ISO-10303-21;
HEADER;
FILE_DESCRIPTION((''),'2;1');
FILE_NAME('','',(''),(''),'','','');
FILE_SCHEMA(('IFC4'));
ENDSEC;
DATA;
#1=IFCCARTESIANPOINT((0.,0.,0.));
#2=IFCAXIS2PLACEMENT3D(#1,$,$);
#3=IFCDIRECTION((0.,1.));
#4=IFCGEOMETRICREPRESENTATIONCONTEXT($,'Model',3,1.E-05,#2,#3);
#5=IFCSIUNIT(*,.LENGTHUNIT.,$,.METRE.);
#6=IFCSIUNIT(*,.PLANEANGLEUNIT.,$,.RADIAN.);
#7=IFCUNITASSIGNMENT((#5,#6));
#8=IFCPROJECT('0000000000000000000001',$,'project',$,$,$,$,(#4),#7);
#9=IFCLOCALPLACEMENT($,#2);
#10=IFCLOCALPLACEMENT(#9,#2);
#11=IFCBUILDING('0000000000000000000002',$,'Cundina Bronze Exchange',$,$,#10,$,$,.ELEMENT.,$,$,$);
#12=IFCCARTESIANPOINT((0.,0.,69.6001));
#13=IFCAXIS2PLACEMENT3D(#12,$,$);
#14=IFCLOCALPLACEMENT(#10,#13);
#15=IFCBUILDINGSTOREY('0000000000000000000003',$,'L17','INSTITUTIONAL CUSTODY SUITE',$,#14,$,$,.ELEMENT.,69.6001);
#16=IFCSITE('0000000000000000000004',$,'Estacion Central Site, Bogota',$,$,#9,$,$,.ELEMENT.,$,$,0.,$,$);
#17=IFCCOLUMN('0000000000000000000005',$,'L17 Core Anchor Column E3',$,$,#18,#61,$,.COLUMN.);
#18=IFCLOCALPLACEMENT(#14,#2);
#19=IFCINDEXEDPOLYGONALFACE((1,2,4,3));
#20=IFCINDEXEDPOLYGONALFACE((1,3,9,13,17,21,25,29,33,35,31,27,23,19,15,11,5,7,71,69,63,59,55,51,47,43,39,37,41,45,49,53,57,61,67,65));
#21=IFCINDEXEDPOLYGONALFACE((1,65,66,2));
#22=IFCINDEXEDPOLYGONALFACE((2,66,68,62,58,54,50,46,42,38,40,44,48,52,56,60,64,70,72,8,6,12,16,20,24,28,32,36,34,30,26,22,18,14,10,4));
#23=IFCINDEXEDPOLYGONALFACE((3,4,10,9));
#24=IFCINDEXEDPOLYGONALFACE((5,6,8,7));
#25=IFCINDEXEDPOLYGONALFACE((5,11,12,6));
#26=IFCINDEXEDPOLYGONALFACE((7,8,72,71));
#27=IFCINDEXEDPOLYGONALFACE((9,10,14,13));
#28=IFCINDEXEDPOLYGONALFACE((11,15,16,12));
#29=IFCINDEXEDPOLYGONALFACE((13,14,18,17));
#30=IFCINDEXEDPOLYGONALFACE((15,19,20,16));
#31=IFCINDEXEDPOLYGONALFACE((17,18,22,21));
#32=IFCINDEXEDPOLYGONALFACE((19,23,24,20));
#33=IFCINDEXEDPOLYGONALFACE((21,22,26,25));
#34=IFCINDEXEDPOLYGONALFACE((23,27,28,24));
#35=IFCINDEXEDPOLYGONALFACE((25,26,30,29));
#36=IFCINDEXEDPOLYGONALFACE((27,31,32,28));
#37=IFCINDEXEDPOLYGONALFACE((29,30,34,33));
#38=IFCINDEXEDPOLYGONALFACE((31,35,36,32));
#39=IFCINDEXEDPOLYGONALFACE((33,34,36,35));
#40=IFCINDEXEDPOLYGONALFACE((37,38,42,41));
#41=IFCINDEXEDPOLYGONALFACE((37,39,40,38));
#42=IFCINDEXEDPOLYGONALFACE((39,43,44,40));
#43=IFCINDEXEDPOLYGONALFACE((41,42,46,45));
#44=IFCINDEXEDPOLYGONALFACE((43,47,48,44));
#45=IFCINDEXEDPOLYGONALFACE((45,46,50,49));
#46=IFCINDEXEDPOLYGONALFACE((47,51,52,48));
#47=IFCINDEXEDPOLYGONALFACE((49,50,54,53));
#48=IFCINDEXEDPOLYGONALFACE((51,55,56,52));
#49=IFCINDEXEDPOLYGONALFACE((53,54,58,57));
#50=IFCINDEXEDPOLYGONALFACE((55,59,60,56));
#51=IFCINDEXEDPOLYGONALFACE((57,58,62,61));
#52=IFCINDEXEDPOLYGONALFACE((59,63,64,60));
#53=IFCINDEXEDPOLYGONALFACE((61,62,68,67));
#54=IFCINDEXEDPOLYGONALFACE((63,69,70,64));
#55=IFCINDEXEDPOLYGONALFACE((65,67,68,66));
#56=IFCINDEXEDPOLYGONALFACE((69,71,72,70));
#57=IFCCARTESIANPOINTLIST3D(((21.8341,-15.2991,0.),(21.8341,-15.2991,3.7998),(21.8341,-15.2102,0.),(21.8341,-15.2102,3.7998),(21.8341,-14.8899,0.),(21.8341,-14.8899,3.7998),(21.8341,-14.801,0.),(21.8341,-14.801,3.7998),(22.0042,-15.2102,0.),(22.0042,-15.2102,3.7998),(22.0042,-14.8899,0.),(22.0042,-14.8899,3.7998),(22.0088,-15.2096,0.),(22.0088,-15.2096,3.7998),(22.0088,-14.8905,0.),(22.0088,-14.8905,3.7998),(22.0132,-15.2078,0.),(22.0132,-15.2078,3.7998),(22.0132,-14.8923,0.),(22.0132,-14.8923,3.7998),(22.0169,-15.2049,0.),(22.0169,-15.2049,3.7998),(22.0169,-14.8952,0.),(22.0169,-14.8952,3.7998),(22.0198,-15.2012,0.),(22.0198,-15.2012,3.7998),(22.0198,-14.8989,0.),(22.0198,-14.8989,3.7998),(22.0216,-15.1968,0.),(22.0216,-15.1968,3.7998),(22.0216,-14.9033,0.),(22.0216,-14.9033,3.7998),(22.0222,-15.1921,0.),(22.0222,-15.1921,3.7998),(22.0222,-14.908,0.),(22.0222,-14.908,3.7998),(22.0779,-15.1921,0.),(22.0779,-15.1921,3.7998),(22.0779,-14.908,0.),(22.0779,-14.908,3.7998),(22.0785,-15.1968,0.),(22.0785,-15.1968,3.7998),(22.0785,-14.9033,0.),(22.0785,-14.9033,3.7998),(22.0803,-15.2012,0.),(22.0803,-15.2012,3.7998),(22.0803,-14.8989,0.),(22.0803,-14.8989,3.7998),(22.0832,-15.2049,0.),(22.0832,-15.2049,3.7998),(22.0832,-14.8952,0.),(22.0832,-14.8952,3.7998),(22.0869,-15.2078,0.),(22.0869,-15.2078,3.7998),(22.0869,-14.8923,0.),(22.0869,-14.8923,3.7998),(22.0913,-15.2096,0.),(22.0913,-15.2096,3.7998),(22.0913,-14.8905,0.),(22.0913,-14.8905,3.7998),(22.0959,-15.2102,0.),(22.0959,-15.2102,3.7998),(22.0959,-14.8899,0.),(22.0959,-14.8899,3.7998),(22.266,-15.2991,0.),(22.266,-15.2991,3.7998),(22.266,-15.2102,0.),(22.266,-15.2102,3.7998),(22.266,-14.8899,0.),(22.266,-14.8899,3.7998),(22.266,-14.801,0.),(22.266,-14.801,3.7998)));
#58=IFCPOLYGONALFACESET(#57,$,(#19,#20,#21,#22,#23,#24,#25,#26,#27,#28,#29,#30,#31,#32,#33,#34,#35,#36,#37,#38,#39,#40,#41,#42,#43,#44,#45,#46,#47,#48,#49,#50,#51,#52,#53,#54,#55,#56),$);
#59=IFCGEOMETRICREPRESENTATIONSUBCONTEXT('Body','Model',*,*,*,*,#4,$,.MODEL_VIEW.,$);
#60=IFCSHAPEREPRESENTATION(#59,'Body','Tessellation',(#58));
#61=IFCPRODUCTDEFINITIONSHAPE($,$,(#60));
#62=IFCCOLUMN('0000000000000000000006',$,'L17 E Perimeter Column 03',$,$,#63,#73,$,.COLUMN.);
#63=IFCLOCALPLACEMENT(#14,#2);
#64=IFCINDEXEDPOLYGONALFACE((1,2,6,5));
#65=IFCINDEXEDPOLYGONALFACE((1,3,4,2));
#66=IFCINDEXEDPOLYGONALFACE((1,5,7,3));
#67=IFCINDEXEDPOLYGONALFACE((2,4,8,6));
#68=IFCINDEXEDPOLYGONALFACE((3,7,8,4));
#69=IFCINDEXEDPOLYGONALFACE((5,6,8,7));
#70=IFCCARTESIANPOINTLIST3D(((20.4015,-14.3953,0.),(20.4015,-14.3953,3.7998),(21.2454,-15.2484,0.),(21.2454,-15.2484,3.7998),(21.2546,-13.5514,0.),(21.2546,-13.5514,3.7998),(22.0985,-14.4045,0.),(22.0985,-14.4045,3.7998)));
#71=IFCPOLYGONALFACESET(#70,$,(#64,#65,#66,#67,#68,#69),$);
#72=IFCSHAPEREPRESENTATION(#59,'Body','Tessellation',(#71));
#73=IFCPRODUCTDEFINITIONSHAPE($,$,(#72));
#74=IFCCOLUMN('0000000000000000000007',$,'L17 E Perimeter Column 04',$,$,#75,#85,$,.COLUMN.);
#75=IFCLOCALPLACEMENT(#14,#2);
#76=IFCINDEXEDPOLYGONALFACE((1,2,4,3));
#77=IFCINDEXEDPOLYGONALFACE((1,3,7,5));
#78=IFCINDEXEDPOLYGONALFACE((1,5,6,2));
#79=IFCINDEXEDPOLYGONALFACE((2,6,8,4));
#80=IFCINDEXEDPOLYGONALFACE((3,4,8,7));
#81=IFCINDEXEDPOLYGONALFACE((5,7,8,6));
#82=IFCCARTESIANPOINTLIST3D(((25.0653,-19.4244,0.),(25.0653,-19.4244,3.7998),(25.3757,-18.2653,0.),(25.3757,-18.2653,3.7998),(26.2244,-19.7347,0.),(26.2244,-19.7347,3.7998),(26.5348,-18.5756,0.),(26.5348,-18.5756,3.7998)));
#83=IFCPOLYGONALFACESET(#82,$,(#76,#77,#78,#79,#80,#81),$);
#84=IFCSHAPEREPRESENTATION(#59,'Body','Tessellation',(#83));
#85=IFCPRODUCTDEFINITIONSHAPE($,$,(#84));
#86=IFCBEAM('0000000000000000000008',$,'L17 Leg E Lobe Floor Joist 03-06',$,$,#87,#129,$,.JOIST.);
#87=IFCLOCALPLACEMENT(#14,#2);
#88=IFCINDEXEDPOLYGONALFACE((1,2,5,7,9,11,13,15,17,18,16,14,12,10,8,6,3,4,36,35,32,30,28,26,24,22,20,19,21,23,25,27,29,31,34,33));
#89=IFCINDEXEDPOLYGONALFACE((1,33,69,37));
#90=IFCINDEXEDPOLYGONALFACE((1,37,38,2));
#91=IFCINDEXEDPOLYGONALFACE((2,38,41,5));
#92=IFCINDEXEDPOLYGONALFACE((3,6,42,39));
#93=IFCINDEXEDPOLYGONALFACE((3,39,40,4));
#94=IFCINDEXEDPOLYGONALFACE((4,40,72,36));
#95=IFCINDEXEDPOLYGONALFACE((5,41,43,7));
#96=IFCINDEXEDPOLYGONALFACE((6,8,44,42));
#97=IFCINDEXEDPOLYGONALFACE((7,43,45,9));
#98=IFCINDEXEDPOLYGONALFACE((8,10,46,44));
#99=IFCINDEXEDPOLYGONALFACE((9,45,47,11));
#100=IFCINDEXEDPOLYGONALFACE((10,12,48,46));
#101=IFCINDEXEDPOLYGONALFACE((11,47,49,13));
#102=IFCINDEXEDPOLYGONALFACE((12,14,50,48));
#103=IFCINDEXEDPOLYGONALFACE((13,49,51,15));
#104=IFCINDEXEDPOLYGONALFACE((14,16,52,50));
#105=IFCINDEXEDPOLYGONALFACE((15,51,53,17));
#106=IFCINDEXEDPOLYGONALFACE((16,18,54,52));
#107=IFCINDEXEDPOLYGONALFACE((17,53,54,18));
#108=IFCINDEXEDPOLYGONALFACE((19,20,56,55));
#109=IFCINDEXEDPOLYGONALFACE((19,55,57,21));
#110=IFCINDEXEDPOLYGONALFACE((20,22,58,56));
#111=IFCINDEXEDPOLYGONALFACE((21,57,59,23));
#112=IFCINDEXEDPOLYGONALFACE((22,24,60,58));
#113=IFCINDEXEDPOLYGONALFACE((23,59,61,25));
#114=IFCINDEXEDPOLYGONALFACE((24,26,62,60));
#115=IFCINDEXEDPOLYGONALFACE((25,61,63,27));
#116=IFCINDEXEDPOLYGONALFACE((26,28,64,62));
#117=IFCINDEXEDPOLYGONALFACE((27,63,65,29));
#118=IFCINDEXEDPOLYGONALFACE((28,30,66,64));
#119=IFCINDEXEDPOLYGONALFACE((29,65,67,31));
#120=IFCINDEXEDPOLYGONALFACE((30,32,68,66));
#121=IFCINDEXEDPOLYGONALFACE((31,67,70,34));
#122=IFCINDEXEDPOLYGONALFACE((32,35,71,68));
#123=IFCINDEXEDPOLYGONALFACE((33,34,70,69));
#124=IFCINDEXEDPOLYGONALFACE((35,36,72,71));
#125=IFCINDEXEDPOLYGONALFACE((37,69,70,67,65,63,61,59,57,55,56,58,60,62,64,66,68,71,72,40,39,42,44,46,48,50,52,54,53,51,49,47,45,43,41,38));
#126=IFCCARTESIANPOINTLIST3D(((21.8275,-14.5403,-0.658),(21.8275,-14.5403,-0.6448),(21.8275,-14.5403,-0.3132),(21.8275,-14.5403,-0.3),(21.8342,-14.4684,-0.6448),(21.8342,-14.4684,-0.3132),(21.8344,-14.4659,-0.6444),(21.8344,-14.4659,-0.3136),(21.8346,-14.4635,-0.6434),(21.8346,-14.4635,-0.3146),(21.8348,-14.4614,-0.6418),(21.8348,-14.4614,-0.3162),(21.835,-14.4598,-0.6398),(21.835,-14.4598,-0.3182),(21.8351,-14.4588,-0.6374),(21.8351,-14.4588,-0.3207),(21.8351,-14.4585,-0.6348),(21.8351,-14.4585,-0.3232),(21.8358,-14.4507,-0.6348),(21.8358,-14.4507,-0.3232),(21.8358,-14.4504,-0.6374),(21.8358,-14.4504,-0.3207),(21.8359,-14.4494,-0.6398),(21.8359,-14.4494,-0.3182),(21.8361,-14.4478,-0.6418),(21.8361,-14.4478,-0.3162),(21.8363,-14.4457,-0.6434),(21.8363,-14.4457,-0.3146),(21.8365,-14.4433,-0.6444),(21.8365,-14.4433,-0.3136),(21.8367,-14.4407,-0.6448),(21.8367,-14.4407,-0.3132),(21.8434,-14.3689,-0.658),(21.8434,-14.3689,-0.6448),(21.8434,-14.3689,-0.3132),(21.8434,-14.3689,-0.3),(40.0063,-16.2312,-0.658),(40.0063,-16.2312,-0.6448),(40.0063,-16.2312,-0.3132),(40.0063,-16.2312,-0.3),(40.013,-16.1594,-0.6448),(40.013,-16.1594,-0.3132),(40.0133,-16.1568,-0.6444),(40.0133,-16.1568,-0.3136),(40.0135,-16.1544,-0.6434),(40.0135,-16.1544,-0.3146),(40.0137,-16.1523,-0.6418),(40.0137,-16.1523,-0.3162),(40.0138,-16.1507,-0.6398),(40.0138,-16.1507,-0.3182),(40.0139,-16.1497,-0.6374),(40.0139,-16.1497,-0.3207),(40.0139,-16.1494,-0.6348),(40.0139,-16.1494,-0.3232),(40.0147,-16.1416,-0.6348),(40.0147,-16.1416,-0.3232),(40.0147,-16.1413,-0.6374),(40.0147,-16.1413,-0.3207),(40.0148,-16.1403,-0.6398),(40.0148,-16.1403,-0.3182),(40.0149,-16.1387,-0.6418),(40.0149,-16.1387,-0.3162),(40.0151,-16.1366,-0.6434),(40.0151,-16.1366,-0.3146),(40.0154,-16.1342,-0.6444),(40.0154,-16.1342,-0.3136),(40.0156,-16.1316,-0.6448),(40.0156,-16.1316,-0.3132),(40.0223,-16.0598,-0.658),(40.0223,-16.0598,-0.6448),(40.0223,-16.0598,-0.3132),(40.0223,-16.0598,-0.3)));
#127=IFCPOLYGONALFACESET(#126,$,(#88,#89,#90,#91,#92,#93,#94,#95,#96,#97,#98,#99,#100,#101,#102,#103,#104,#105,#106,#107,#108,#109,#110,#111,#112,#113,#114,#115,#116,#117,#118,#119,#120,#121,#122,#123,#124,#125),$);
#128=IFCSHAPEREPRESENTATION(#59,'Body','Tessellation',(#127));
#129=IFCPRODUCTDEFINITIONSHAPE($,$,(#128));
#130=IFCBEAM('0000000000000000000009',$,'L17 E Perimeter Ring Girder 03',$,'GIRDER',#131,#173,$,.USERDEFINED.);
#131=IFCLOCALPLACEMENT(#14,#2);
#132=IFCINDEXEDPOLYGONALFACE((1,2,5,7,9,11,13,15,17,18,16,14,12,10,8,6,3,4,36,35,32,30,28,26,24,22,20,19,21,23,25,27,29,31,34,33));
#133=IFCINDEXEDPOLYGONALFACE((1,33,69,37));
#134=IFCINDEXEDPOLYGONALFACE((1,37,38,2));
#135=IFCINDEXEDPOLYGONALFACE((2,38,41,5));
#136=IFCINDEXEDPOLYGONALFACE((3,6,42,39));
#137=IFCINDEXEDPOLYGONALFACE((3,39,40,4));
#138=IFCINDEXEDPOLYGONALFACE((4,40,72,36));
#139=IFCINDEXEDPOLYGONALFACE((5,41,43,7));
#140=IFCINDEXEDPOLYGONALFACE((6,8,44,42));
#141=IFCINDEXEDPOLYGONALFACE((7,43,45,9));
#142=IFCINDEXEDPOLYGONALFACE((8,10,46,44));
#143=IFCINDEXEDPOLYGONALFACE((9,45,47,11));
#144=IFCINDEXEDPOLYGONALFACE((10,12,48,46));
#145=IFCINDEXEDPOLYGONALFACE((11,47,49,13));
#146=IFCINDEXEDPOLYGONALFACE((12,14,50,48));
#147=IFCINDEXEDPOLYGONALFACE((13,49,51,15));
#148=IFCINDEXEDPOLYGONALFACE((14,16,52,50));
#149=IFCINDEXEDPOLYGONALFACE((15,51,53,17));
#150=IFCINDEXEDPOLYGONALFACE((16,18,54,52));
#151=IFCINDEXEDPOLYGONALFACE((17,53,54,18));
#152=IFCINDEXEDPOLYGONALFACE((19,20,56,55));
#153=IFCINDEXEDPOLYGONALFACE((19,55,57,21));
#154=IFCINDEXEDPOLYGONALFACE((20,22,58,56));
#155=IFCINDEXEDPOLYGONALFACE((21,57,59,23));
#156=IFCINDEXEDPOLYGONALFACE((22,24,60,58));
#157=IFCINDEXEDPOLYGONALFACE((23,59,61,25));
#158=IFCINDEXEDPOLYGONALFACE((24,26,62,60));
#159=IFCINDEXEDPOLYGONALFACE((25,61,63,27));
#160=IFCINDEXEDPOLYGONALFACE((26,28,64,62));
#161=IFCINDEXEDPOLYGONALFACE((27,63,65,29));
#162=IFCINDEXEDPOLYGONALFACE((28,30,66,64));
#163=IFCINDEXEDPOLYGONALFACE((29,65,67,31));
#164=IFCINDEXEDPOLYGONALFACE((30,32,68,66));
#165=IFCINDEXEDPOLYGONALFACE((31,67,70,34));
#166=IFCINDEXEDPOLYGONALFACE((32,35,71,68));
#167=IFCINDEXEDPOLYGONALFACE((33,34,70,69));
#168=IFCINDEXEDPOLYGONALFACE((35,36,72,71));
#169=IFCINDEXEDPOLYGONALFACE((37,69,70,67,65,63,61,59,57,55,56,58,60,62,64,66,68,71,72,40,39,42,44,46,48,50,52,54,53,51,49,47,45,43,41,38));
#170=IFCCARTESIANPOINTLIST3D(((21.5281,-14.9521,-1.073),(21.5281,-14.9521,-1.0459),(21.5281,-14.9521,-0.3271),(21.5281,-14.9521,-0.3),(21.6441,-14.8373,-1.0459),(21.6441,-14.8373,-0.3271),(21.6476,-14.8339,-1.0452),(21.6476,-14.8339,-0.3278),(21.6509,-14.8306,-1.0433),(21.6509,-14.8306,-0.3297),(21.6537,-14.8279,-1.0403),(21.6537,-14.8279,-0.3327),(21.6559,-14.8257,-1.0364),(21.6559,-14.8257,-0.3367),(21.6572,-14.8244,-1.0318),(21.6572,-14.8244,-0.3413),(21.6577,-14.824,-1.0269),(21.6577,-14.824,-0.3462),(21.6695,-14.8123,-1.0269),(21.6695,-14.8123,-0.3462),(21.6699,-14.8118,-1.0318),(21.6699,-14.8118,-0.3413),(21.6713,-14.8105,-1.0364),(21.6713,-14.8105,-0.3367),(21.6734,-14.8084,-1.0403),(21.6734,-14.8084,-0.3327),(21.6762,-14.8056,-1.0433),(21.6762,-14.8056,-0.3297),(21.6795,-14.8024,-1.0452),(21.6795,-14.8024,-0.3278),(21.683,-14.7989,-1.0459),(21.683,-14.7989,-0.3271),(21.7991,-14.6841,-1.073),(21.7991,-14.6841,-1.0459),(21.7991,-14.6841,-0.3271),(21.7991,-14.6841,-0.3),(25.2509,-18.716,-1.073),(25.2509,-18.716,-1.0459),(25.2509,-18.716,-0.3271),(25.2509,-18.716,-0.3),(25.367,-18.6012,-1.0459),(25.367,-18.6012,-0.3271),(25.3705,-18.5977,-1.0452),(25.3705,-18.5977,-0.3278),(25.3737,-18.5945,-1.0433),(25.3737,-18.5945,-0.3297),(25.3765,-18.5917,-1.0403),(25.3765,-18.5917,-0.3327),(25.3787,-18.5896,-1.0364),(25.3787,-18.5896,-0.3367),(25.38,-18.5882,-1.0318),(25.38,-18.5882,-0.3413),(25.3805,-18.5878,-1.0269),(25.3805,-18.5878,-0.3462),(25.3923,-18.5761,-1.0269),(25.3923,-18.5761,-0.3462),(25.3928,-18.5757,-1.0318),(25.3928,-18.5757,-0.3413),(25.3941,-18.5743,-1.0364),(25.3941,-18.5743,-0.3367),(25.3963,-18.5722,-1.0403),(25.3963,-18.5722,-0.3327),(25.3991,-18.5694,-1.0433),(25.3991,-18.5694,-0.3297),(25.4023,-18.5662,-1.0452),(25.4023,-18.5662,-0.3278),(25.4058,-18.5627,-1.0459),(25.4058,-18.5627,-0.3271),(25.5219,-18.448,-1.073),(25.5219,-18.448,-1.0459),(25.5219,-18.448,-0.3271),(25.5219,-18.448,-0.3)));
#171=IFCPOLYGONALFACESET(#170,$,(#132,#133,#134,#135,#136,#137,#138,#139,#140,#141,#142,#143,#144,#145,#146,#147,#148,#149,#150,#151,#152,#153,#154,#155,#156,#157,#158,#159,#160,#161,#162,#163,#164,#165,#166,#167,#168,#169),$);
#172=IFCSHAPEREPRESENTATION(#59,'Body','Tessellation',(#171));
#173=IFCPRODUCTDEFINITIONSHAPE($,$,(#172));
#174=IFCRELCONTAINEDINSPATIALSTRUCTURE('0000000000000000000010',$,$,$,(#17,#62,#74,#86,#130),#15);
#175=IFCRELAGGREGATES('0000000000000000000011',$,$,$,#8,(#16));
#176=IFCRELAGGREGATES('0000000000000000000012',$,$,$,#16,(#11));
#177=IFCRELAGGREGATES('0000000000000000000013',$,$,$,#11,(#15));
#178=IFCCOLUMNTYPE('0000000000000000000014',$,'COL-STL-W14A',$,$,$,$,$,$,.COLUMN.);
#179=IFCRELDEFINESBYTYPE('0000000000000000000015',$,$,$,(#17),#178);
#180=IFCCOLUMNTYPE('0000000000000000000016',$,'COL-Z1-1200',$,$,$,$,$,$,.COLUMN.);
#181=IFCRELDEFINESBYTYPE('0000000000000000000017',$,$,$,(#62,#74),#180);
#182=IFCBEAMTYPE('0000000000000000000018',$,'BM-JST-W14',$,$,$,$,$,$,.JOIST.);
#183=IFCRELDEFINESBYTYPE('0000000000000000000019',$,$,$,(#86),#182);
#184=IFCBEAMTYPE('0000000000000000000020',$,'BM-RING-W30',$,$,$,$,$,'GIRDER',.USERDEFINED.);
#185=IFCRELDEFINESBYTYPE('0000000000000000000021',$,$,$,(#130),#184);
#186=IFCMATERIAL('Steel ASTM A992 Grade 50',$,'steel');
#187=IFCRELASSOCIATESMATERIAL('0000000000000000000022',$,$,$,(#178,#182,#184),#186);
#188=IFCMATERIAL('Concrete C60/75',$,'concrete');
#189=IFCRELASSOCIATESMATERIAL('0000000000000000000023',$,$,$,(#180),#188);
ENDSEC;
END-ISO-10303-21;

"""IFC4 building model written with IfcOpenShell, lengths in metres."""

from ifc_helpers import new_model, si_unit, direction, frame, origin, origin_2d, place, context, subcontext, project, spatial, rectangle, i_section, extrude, material, material_profile, profile_set, type_object, element, save


model = new_model("IFC4")

# Units and contexts
model_context = context("Model", 3, precision=1e-05, world=origin(), true_north=direction((0.0, 1.0)))
body_context = subcontext(model_context, "Body", "Model", "MODEL_VIEW")
ifc_project = project(units=[si_unit("LENGTHUNIT", "METRE"), si_unit("PLANEANGLEUNIT", "RADIAN")], contexts=[model_context])

# Site, building, storey
site_placement = place(None, origin())
site = spatial("IfcSite", under=ifc_project, at=site_placement, Name="Estacion Central Site, Bogota", CompositionType="ELEMENT", RefElevation=0.0)
building_placement = place(site_placement, origin())
building = spatial("IfcBuilding", under=site, at=building_placement, Name="Cundina Bronze Exchange", CompositionType="ELEMENT")
storey_placement = place(building_placement, frame((0.0, 0.0, 69.6001)))
storey = spatial("IfcBuildingStorey", under=building, at=storey_placement, Name="L17", Description="INSTITUTIONAL CUSTODY SUITE", CompositionType="ELEMENT", Elevation=69.6001)

# Columns
ifc_material_1 = material(Name="Steel ASTM A992 Grade 50", Category="steel")
ifc_material_profile_1 = material_profile(ifc_material_1, i_section(OverallWidth=0.4319, OverallDepth=0.498, WebThickness=0.0557, FlangeThickness=0.0889, FilletRadius=0.0181, at=origin_2d()), Name="W14X500", Category="steel")
ifc_profile_set_1 = profile_set([ifc_material_profile_1], Name="Steel ASTM A992 Grade 50")
column_type_1 = type_object("IfcColumnType", Name="COL-STL-W14A", PredefinedType="COLUMN", material=ifc_profile_set_1)
column_placement = place(storey_placement, frame((22.05, -15.05, 0.0), z_axis=(0.0, 0.0, 1.0), x_axis=(1.0, 0.0, 0.0)))
element("IfcColumn", 1, at=column_placement, inside=storey, type_object=column_type_1, Name="L17 Core Anchor Column E3", PredefinedType="COLUMN", context=body_context, shape_type="SweptSolid", body=[
    extrude(i_section(OverallWidth=0.4319, OverallDepth=0.498, WebThickness=0.0557, FlangeThickness=0.0889, FilletRadius=0.0181, at=origin_2d()), origin(), (0.0, 0.0, 1.0), 3.7998),
])
ifc_material_2 = material(Name="Concrete C60/75", Category="concrete")
ifc_material_profile_2 = material_profile(ifc_material_2, rectangle(XDim=1.2, YDim=1.2, at=origin_2d()), Name="RC1200X1200", Category="concrete")
ifc_profile_set_2 = profile_set([ifc_material_profile_2], Name="Concrete C60/75")
column_type_2 = type_object("IfcColumnType", Name="COL-Z1-1200", PredefinedType="COLUMN", material=ifc_profile_set_2)
for number, where, z_axis, x_axis, name in (
    (2, (21.25, -14.3999, 0.0), (0.0, 0.0, 1.0), (0.703271, -0.710922, 0.0), "L17 E Perimeter Column 03"),
    (3, (25.8, -19.0, 0.0), (0.0, 0.0, 1.0), (0.965971, -0.25865, 0.0), "L17 E Perimeter Column 04"),
):
    element("IfcColumn", number, at=place(storey_placement, frame(where, z_axis=z_axis, x_axis=x_axis)), inside=storey, type_object=column_type_2, Name=name, PredefinedType="COLUMN", context=body_context, shape_type="SweptSolid", body=[
        extrude(rectangle(XDim=1.2, YDim=1.2, at=origin_2d()), origin(), (0.0, 0.0, 1.0), 3.7998),
    ])

# Beams
ifc_material_profile_3 = material_profile(ifc_material_1, i_section(OverallWidth=0.1721, OverallDepth=0.3579, WebThickness=0.0078, FlangeThickness=0.0132, FilletRadius=0.01, at=origin_2d()), Name="W14X38", Category="steel")
ifc_profile_set_3 = profile_set([ifc_material_profile_3], Name="Steel ASTM A992 Grade 50")
beam_type_1 = type_object("IfcBeamType", Name="BM-JST-W14", PredefinedType="JOIST", material=ifc_profile_set_3)
beam_1_placement = place(storey_placement, frame((21.8354, -14.4546, -0.479), z_axis=(0.995702, -0.092615, 0.0), x_axis=(0.092615, 0.995702, 0.0)))
element("IfcBeam", 4, at=beam_1_placement, inside=storey, type_object=beam_type_1, Name="L17 Leg E Lobe Floor Joist 03-06", PredefinedType="JOIST", context=body_context, shape_type="SweptSolid", body=[
    extrude(i_section(OverallWidth=0.1721, OverallDepth=0.3579, WebThickness=0.0078, FlangeThickness=0.0132, FilletRadius=0.01, at=origin_2d()), origin(), (0.0, 0.0, 1.0), 18.2573),
])
ifc_material_profile_4 = material_profile(ifc_material_1, i_section(OverallWidth=0.3811, OverallDepth=0.7729, WebThickness=0.0166, FlangeThickness=0.0271, FilletRadius=0.019, at=origin_2d()), Name="W30X173", Category="steel")
ifc_profile_set_4 = profile_set([ifc_material_profile_4], Name="Steel ASTM A992 Grade 50")
beam_type_2 = type_object("IfcBeamType", Name="BM-RING-W30", ElementType="GIRDER", PredefinedType="USERDEFINED", material=ifc_profile_set_4)
beam_2_placement = place(storey_placement, frame((21.6636, -14.8181, -0.6865), z_axis=(0.703222, -0.71097, 0.0), x_axis=(0.71097, 0.703222, 0.0)))
element("IfcBeam", 5, at=beam_2_placement, inside=storey, type_object=beam_type_2, Name="L17 E Perimeter Ring Girder 03", ObjectType="GIRDER", PredefinedType="USERDEFINED", context=body_context, shape_type="SweptSolid", body=[
    extrude(i_section(OverallWidth=0.3811, OverallDepth=0.7729, WebThickness=0.0166, FlangeThickness=0.0271, FilletRadius=0.019, at=origin_2d()), origin(), (0.0, 0.0, 1.0), 5.2939),
])

save(model, "model.ifc")
